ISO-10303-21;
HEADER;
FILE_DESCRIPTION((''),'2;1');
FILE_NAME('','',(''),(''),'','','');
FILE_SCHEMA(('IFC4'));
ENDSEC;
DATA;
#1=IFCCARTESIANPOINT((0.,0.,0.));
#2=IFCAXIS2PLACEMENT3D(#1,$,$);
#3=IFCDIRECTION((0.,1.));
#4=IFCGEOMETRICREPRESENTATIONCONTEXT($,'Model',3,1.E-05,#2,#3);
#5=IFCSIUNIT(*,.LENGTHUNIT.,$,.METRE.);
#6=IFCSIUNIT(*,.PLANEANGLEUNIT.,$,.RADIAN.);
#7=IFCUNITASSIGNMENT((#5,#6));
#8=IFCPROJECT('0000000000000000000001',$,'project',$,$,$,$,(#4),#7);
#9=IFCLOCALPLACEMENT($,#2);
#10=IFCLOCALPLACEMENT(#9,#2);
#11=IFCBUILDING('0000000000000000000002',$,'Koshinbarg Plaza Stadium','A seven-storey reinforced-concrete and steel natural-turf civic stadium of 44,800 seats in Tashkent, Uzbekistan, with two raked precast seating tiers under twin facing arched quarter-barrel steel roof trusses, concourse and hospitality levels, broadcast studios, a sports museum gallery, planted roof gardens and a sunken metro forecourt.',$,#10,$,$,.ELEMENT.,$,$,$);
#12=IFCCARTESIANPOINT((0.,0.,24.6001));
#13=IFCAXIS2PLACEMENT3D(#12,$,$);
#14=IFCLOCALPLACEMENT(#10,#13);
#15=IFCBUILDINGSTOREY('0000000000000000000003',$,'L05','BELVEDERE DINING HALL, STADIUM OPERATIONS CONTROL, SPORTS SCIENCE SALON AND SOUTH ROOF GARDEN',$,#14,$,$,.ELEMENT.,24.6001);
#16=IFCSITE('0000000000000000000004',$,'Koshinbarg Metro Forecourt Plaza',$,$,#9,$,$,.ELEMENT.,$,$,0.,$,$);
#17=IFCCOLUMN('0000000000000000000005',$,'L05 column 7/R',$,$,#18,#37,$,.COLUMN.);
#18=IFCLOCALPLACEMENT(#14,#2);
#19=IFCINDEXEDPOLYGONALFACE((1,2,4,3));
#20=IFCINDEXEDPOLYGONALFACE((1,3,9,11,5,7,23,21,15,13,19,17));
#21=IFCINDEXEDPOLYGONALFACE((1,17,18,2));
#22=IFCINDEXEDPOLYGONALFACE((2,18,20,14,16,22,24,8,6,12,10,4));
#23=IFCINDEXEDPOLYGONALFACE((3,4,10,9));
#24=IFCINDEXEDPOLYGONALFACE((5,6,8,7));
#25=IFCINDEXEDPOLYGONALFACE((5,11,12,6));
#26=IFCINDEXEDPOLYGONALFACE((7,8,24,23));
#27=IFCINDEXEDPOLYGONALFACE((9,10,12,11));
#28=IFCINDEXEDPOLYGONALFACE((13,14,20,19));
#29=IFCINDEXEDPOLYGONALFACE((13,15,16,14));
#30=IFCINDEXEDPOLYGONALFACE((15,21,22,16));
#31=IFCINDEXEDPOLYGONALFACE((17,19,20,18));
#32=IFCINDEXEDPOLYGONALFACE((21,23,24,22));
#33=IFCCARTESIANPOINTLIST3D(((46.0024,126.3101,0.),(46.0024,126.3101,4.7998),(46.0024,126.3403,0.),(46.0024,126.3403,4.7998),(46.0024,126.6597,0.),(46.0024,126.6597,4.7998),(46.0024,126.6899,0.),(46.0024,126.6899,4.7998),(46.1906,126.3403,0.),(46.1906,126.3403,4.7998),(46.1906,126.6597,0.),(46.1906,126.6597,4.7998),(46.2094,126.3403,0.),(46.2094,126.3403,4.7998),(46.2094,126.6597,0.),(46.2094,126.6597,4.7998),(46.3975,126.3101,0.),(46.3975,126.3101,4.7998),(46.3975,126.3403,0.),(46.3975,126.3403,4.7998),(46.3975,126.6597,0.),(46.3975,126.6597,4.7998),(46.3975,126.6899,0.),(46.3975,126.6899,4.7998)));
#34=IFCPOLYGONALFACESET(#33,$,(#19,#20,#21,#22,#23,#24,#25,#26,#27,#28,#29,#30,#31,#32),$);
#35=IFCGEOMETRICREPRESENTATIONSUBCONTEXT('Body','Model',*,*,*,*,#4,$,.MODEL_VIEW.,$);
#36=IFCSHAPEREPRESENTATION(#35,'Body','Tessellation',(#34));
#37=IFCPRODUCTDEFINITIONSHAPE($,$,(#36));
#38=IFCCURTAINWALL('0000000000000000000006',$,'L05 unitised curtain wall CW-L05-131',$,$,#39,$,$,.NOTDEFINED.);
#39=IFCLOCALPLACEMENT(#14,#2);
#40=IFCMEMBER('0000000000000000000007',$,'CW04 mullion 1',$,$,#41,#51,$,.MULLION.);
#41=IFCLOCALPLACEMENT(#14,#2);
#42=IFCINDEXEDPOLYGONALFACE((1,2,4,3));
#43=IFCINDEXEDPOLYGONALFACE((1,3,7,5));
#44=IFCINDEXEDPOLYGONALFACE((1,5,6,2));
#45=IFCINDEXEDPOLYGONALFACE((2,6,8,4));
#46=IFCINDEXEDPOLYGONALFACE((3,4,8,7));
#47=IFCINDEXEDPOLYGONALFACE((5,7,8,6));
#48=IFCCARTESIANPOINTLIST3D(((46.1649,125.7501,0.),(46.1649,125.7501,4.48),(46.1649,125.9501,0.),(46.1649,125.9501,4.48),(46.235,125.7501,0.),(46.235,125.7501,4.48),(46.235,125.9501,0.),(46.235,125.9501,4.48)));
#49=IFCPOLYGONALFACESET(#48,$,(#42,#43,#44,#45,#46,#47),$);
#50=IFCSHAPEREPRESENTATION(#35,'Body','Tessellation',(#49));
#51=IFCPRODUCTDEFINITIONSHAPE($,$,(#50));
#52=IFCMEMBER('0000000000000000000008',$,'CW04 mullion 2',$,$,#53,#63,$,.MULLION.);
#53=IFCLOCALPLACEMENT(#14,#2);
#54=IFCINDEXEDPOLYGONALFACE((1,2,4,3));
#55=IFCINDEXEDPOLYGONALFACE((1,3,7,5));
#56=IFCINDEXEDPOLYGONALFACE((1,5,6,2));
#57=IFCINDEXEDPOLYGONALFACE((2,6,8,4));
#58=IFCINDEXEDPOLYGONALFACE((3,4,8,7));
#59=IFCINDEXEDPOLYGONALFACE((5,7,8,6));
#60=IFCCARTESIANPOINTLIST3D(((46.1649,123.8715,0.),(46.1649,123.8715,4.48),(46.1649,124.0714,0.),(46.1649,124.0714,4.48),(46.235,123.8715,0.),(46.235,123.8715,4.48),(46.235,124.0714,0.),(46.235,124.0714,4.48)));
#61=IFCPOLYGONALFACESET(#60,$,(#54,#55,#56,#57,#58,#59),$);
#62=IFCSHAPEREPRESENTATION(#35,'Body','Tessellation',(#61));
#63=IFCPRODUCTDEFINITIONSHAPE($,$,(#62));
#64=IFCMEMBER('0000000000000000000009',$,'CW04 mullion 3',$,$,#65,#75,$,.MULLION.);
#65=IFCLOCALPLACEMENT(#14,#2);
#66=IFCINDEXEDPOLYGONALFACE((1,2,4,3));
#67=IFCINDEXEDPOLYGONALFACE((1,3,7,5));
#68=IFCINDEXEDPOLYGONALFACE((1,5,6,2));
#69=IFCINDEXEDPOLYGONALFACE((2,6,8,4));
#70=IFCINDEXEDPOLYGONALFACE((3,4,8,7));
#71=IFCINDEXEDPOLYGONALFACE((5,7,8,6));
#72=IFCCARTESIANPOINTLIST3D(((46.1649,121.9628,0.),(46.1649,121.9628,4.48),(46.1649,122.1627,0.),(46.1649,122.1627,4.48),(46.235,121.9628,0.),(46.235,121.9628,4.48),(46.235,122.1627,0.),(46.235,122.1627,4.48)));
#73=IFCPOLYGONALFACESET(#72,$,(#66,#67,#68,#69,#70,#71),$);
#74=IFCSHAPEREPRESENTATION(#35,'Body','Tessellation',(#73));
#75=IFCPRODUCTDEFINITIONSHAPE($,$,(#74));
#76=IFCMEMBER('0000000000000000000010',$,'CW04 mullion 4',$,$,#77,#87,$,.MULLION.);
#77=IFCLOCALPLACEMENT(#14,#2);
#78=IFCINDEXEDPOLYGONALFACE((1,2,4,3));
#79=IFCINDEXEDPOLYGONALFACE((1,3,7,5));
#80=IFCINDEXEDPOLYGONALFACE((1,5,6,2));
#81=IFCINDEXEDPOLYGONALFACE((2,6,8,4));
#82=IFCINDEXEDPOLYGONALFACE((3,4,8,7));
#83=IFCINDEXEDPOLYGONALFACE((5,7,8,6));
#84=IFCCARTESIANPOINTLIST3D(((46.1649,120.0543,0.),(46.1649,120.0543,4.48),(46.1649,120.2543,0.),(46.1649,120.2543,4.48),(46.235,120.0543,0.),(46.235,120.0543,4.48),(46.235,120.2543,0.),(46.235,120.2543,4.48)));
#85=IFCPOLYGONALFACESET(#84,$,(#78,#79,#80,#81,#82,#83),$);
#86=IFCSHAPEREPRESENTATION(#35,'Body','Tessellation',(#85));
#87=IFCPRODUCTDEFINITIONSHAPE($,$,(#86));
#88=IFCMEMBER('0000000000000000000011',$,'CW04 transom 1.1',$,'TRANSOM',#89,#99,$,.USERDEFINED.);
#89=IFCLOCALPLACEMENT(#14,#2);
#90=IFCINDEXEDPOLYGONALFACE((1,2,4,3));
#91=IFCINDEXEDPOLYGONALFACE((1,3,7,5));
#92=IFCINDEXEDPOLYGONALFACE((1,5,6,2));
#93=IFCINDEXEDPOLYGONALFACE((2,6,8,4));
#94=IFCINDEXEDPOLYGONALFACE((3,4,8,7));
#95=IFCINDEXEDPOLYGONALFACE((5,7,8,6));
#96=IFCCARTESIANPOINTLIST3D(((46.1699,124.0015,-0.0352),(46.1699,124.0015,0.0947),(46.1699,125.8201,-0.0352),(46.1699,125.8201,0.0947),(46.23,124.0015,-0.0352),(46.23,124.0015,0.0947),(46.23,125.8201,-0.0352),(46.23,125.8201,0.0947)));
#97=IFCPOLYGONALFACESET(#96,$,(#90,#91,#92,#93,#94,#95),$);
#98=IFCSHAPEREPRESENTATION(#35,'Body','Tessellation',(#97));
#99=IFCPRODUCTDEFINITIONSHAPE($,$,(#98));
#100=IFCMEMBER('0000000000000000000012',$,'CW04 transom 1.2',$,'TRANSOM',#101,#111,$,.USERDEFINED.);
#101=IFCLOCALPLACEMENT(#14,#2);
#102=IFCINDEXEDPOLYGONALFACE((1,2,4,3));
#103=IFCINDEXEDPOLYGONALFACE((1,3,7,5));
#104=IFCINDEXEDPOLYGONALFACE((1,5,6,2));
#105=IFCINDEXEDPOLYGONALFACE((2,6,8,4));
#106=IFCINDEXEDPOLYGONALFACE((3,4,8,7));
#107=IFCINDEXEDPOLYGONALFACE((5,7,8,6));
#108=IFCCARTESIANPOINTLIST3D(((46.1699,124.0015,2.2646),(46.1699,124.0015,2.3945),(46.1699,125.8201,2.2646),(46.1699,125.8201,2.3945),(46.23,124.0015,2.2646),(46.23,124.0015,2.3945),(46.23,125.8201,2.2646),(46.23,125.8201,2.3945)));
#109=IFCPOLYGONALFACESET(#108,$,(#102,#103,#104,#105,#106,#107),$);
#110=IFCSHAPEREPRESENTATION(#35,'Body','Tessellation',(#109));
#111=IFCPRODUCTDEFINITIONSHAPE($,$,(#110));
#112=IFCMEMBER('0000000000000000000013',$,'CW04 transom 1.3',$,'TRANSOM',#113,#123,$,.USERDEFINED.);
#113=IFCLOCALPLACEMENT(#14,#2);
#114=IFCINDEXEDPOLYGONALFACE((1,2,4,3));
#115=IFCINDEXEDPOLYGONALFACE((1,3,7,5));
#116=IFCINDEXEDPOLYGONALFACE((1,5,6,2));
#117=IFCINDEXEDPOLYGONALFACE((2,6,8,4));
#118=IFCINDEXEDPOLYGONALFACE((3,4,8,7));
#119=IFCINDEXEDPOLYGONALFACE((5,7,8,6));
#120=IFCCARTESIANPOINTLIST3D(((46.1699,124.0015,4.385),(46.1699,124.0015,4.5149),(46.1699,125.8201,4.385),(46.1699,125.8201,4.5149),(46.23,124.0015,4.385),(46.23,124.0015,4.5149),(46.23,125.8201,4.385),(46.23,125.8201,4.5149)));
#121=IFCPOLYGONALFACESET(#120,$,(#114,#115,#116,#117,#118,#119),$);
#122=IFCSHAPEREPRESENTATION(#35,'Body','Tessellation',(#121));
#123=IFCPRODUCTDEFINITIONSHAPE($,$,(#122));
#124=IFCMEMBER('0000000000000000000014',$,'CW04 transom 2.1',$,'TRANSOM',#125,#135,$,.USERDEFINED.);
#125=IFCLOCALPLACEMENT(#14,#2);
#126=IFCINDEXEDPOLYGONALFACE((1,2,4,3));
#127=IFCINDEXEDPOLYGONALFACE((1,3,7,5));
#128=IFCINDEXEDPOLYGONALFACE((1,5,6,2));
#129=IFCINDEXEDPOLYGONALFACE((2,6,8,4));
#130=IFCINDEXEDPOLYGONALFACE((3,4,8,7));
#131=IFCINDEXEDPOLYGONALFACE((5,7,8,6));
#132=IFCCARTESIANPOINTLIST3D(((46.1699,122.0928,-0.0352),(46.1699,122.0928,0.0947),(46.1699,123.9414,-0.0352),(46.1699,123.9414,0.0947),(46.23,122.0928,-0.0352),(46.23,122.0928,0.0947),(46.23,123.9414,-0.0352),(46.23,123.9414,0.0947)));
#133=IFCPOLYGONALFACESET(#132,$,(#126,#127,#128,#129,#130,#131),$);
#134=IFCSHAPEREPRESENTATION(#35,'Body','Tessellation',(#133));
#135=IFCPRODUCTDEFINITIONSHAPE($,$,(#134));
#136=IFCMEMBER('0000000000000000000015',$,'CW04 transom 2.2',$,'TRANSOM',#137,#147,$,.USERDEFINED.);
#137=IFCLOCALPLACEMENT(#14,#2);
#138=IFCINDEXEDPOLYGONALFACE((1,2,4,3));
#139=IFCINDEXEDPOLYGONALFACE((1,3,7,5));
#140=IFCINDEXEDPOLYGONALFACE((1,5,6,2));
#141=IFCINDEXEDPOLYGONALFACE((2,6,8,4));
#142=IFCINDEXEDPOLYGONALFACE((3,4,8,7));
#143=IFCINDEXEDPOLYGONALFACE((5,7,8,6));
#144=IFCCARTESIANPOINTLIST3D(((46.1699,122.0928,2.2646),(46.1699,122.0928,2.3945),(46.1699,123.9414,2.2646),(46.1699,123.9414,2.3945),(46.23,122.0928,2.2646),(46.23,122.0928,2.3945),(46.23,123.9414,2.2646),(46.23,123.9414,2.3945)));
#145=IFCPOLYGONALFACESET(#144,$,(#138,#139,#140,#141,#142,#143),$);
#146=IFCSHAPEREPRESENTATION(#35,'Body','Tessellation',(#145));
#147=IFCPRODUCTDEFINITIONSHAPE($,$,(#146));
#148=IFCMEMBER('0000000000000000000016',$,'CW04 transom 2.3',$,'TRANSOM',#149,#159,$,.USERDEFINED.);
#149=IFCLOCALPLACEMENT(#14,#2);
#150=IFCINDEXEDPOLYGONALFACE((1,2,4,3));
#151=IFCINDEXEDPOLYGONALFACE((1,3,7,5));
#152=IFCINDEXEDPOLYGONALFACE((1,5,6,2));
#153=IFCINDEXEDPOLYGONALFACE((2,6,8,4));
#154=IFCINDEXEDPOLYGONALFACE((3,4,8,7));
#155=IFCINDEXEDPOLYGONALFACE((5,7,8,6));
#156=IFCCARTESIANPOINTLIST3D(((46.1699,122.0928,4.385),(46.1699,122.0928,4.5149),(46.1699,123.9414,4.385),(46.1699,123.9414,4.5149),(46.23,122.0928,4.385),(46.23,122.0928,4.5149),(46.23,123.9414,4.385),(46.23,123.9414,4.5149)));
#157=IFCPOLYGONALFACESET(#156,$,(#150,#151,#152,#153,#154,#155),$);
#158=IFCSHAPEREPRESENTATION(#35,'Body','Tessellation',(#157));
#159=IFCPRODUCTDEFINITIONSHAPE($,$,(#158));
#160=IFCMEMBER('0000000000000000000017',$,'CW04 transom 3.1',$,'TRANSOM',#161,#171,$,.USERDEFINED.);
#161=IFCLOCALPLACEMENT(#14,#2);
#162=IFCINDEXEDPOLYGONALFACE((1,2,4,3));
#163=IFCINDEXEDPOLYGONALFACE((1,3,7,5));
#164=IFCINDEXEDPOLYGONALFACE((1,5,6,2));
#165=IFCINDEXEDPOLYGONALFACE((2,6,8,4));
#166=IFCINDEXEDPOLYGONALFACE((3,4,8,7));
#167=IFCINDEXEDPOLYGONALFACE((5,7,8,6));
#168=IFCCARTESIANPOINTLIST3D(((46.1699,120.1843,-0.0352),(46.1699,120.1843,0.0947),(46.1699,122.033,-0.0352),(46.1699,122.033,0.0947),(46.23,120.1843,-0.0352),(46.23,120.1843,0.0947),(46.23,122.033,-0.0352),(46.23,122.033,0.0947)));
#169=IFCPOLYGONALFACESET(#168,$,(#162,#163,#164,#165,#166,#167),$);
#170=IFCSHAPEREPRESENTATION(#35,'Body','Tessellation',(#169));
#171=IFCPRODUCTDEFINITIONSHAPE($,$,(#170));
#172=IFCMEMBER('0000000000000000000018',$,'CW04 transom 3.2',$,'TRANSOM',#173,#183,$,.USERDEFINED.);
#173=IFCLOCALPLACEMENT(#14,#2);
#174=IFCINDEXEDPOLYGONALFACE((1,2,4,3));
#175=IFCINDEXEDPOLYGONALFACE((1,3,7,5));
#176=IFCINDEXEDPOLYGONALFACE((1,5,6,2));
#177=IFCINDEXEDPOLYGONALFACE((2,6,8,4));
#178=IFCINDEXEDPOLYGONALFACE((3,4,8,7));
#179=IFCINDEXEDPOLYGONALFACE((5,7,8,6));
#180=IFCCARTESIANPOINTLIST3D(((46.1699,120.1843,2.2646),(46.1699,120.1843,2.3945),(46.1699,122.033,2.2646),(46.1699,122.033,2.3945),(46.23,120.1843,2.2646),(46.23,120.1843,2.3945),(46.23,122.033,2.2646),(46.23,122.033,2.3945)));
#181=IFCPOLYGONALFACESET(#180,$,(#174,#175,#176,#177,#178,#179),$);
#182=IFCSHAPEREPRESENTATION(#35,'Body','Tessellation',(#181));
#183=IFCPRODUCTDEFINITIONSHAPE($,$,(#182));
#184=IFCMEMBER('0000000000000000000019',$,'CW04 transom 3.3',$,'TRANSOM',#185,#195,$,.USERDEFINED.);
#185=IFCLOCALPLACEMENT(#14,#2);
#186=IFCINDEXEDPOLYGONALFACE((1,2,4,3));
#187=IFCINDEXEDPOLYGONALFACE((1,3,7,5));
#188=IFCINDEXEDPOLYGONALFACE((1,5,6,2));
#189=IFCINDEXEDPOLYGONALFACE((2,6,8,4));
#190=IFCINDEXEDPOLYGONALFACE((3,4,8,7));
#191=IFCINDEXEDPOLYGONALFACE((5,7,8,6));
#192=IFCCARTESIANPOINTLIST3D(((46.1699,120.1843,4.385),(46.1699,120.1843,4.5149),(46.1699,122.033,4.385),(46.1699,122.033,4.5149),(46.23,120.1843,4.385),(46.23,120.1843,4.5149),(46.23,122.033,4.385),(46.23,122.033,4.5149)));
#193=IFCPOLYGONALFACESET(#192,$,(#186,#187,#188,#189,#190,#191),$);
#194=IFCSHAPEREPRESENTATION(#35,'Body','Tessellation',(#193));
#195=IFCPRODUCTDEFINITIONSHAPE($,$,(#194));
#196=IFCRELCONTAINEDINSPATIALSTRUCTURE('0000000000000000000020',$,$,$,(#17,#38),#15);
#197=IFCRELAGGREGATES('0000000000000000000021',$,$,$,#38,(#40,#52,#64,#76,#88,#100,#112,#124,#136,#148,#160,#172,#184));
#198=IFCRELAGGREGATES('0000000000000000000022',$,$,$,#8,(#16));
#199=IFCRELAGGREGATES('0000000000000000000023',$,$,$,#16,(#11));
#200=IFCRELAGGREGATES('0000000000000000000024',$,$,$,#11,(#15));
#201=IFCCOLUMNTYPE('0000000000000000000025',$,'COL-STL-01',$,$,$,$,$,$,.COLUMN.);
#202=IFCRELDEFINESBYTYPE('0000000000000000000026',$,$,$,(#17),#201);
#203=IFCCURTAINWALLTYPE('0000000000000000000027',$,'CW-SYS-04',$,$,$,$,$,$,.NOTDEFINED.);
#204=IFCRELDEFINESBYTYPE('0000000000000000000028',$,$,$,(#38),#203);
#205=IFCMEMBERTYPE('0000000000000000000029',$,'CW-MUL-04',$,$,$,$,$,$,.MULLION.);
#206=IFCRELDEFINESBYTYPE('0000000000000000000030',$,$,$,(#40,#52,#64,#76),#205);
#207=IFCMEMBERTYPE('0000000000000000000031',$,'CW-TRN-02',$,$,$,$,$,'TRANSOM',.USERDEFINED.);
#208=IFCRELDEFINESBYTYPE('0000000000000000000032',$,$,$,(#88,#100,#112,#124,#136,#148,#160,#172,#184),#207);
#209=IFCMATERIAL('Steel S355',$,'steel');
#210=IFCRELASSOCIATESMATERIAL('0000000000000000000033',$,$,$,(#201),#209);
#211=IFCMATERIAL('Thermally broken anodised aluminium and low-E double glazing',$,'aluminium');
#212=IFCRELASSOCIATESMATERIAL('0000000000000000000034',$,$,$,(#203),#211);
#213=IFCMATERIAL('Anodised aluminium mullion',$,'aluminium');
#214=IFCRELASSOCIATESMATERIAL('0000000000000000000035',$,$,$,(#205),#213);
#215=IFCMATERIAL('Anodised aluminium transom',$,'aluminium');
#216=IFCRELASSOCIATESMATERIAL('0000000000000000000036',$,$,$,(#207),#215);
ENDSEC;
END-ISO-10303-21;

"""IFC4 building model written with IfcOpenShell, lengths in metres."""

from ifc_helpers import new_model, si_unit, direction, frame, origin, origin_2d, place, context, subcontext, project, spatial, rectangle, i_section, extrude, material, material_profile, profile_set, type_object, element, aggregate, save


model = new_model("IFC4")

# Units and contexts
model_context = context("Model", 3, precision=1e-05, world=origin(), true_north=direction((0.0, 1.0)))
body_context = subcontext(model_context, "Body", "Model", "MODEL_VIEW")
ifc_project = project(units=[si_unit("LENGTHUNIT", "METRE"), si_unit("PLANEANGLEUNIT", "RADIAN")], contexts=[model_context])

# Site, building, storey
site_placement = place(None, origin())
site = spatial("IfcSite", under=ifc_project, at=site_placement, Name="Koshinbarg Metro Forecourt Plaza", CompositionType="ELEMENT", RefElevation=0.0)
building_placement = place(site_placement, origin())
building = spatial("IfcBuilding", under=site, at=building_placement, Name="Koshinbarg Plaza Stadium", Description="A seven-storey reinforced-concrete and steel natural-turf civic stadium of 44,800 seats in Tashkent, Uzbekistan, with two raked precast seating tiers under twin facing arched quarter-barrel steel roof trusses, concourse and hospitality levels, broadcast studios, a sports museum gallery, planted roof gardens and a sunken metro forecourt.", CompositionType="ELEMENT")
storey_placement = place(building_placement, frame((0.0, 0.0, 24.6001)))
storey = spatial("IfcBuildingStorey", under=building, at=storey_placement, Name="L05", Description="BELVEDERE DINING HALL, STADIUM OPERATIONS CONTROL, SPORTS SCIENCE SALON AND SOUTH ROOF GARDEN", CompositionType="ELEMENT", Elevation=24.6001)

# Column
ifc_material_1 = material(Name="Steel S355", Category="steel")
ifc_material_profile_1 = material_profile(ifc_material_1, i_section(OverallWidth=0.395, OverallDepth=0.3799, WebThickness=0.0188, FlangeThickness=0.0303, at=origin_2d()), Name="HD 400x237")
ifc_profile_set_1 = profile_set([ifc_material_profile_1], Name="Steel S355")
column_type = type_object("IfcColumnType", Name="COL-STL-01", PredefinedType="COLUMN", material=ifc_profile_set_1)
column_placement = place(storey_placement, frame((46.2, 126.5, 0.0), z_axis=(0.0, 0.0, 1.0), x_axis=(1.0, 0.0, 0.0)))
element("IfcColumn", 1, at=column_placement, inside=storey, type_object=column_type, Name="L05 column 7/R", PredefinedType="COLUMN", context=body_context, shape_type="SweptSolid", body=[
    extrude(i_section(OverallWidth=0.395, OverallDepth=0.3799, WebThickness=0.0188, FlangeThickness=0.0303, at=origin_2d()), origin(), (0.0, 0.0, 1.0), 4.7998),
])

# Curtain wall, members
ifc_material_2 = material(Name="Thermally broken anodised aluminium and low-E double glazing", Category="aluminium")
curtain_wall_type = type_object("IfcCurtainWallType", Name="CW-SYS-04", PredefinedType="NOTDEFINED", material=ifc_material_2)
curtain_wall_placement = place(storey_placement, origin())
curtain_wall = element("IfcCurtainWall", 2, at=curtain_wall_placement, inside=storey, type_object=curtain_wall_type, Name="L05 unitised curtain wall CW-L05-131", PredefinedType="NOTDEFINED")
ifc_material_3 = material(Name="Anodised aluminium mullion", Category="aluminium")
ifc_material_profile_2 = material_profile(ifc_material_3, rectangle(XDim=0.0701, YDim=0.2, at=origin_2d()), Name="ALU 70x200")
ifc_profile_set_2 = profile_set([ifc_material_profile_2], Name="Anodised aluminium mullion")
member_type_1 = type_object("IfcMemberType", Name="CW-MUL-04", PredefinedType="MULLION", material=ifc_profile_set_2)
member_1_placement = place(storey_placement, frame((46.2, 125.8501, 0.0), z_axis=(0.0, 0.0, 1.0), x_axis=(1.0, 0.0, 0.0)))
member_1 = element("IfcMember", 3, at=member_1_placement, type_object=member_type_1, Name="CW04 mullion 1", PredefinedType="MULLION", context=body_context, shape_type="SweptSolid", body=[
    extrude(rectangle(XDim=0.0701, YDim=0.2, at=origin_2d()), origin(), (0.0, 0.0, 1.0), 4.48),
])
member_2_placement = place(storey_placement, frame((46.2, 123.9714, 0.0), z_axis=(0.0, 0.0, 1.0), x_axis=(1.0, 0.0, 0.0)))
member_2 = element("IfcMember", 4, at=member_2_placement, type_object=member_type_1, Name="CW04 mullion 2", PredefinedType="MULLION", context=body_context, shape_type="SweptSolid", body=[
    extrude(rectangle(XDim=0.0701, YDim=0.2, at=origin_2d()), origin(), (0.0, 0.0, 1.0), 4.48),
])
member_3_placement = place(storey_placement, frame((46.2, 122.0627, 0.0), z_axis=(0.0, 0.0, 1.0), x_axis=(1.0, 0.0, 0.0)))
member_3 = element("IfcMember", 5, at=member_3_placement, type_object=member_type_1, Name="CW04 mullion 3", PredefinedType="MULLION", context=body_context, shape_type="SweptSolid", body=[
    extrude(rectangle(XDim=0.0701, YDim=0.2, at=origin_2d()), origin(), (0.0, 0.0, 1.0), 4.48),
])
member_4_placement = place(storey_placement, frame((46.2, 120.1543, 0.0), z_axis=(0.0, 0.0, 1.0), x_axis=(1.0, 0.0, 0.0)))
member_4 = element("IfcMember", 6, at=member_4_placement, type_object=member_type_1, Name="CW04 mullion 4", PredefinedType="MULLION", context=body_context, shape_type="SweptSolid", body=[
    extrude(rectangle(XDim=0.0701, YDim=0.2, at=origin_2d()), origin(), (0.0, 0.0, 1.0), 4.48),
])
ifc_material_4 = material(Name="Anodised aluminium transom", Category="aluminium")
ifc_material_profile_3 = material_profile(ifc_material_4, rectangle(XDim=0.0601, YDim=0.1299, at=origin_2d()), Name="ALU 60x130")
ifc_profile_set_3 = profile_set([ifc_material_profile_3], Name="Anodised aluminium transom")
member_type_2 = type_object("IfcMemberType", Name="CW-TRN-02", ElementType="TRANSOM", PredefinedType="USERDEFINED", material=ifc_profile_set_3)
member_5_placement = place(storey_placement, frame((46.2, 125.8201, 0.0298), z_axis=(0.0, -1.0, 0.0), x_axis=(1.0, 0.0, 0.0)))
member_5 = element("IfcMember", 7, at=member_5_placement, type_object=member_type_2, Name="CW04 transom 1.1", ObjectType="TRANSOM", PredefinedType="USERDEFINED", context=body_context, shape_type="SweptSolid", body=[
    extrude(rectangle(XDim=0.0601, YDim=0.1299, at=origin_2d()), origin(), (0.0, 0.0, 1.0), 1.8186),
])
member_6_placement = place(storey_placement, frame((46.2, 125.8201, 2.3296), z_axis=(0.0, -1.0, 0.0), x_axis=(1.0, 0.0, 0.0)))
member_6 = element("IfcMember", 8, at=member_6_placement, type_object=member_type_2, Name="CW04 transom 1.2", ObjectType="TRANSOM", PredefinedType="USERDEFINED", context=body_context, shape_type="SweptSolid", body=[
    extrude(rectangle(XDim=0.0601, YDim=0.1299, at=origin_2d()), origin(), (0.0, 0.0, 1.0), 1.8186),
])
member_7_placement = place(storey_placement, frame((46.2, 125.8201, 4.45), z_axis=(0.0, -1.0, 0.0), x_axis=(1.0, 0.0, 0.0)))
member_7 = element("IfcMember", 9, at=member_7_placement, type_object=member_type_2, Name="CW04 transom 1.3", ObjectType="TRANSOM", PredefinedType="USERDEFINED", context=body_context, shape_type="SweptSolid", body=[
    extrude(rectangle(XDim=0.0601, YDim=0.1299, at=origin_2d()), origin(), (0.0, 0.0, 1.0), 1.8186),
])
member_8_placement = place(storey_placement, frame((46.2, 123.9414, 0.0298), z_axis=(0.0, -1.0, 0.0), x_axis=(1.0, 0.0, 0.0)))
member_8 = element("IfcMember", 10, at=member_8_placement, type_object=member_type_2, Name="CW04 transom 2.1", ObjectType="TRANSOM", PredefinedType="USERDEFINED", context=body_context, shape_type="SweptSolid", body=[
    extrude(rectangle(XDim=0.0601, YDim=0.1299, at=origin_2d()), origin(), (0.0, 0.0, 1.0), 1.8486),
])
member_9_placement = place(storey_placement, frame((46.2, 123.9414, 2.3296), z_axis=(0.0, -1.0, 0.0), x_axis=(1.0, 0.0, 0.0)))
member_9 = element("IfcMember", 11, at=member_9_placement, type_object=member_type_2, Name="CW04 transom 2.2", ObjectType="TRANSOM", PredefinedType="USERDEFINED", context=body_context, shape_type="SweptSolid", body=[
    extrude(rectangle(XDim=0.0601, YDim=0.1299, at=origin_2d()), origin(), (0.0, 0.0, 1.0), 1.8486),
])
member_10_placement = place(storey_placement, frame((46.2, 123.9414, 4.45), z_axis=(0.0, -1.0, 0.0), x_axis=(1.0, 0.0, 0.0)))
member_10 = element("IfcMember", 12, at=member_10_placement, type_object=member_type_2, Name="CW04 transom 2.3", ObjectType="TRANSOM", PredefinedType="USERDEFINED", context=body_context, shape_type="SweptSolid", body=[
    extrude(rectangle(XDim=0.0601, YDim=0.1299, at=origin_2d()), origin(), (0.0, 0.0, 1.0), 1.8486),
])
member_11_placement = place(storey_placement, frame((46.2, 122.033, 0.0298), z_axis=(0.0, -1.0, 0.0), x_axis=(1.0, 0.0, 0.0)))
member_11 = element("IfcMember", 13, at=member_11_placement, type_object=member_type_2, Name="CW04 transom 3.1", ObjectType="TRANSOM", PredefinedType="USERDEFINED", context=body_context, shape_type="SweptSolid", body=[
    extrude(rectangle(XDim=0.0601, YDim=0.1299, at=origin_2d()), origin(), (0.0, 0.0, 1.0), 1.8486),
])
member_12_placement = place(storey_placement, frame((46.2, 122.033, 2.3296), z_axis=(0.0, -1.0, 0.0), x_axis=(1.0, 0.0, 0.0)))
member_12 = element("IfcMember", 14, at=member_12_placement, type_object=member_type_2, Name="CW04 transom 3.2", ObjectType="TRANSOM", PredefinedType="USERDEFINED", context=body_context, shape_type="SweptSolid", body=[
    extrude(rectangle(XDim=0.0601, YDim=0.1299, at=origin_2d()), origin(), (0.0, 0.0, 1.0), 1.8486),
])
member_13_placement = place(storey_placement, frame((46.2, 122.033, 4.45), z_axis=(0.0, -1.0, 0.0), x_axis=(1.0, 0.0, 0.0)))
member_13 = element("IfcMember", 15, at=member_13_placement, type_object=member_type_2, Name="CW04 transom 3.3", ObjectType="TRANSOM", PredefinedType="USERDEFINED", context=body_context, shape_type="SweptSolid", body=[
    extrude(rectangle(XDim=0.0601, YDim=0.1299, at=origin_2d()), origin(), (0.0, 0.0, 1.0), 1.8486),
])
aggregate(curtain_wall, [member_1, member_2, member_3, member_4, member_5, member_6, member_7, member_8, member_9, member_10, member_11, member_12, member_13])

save(model, "model.ifc")
